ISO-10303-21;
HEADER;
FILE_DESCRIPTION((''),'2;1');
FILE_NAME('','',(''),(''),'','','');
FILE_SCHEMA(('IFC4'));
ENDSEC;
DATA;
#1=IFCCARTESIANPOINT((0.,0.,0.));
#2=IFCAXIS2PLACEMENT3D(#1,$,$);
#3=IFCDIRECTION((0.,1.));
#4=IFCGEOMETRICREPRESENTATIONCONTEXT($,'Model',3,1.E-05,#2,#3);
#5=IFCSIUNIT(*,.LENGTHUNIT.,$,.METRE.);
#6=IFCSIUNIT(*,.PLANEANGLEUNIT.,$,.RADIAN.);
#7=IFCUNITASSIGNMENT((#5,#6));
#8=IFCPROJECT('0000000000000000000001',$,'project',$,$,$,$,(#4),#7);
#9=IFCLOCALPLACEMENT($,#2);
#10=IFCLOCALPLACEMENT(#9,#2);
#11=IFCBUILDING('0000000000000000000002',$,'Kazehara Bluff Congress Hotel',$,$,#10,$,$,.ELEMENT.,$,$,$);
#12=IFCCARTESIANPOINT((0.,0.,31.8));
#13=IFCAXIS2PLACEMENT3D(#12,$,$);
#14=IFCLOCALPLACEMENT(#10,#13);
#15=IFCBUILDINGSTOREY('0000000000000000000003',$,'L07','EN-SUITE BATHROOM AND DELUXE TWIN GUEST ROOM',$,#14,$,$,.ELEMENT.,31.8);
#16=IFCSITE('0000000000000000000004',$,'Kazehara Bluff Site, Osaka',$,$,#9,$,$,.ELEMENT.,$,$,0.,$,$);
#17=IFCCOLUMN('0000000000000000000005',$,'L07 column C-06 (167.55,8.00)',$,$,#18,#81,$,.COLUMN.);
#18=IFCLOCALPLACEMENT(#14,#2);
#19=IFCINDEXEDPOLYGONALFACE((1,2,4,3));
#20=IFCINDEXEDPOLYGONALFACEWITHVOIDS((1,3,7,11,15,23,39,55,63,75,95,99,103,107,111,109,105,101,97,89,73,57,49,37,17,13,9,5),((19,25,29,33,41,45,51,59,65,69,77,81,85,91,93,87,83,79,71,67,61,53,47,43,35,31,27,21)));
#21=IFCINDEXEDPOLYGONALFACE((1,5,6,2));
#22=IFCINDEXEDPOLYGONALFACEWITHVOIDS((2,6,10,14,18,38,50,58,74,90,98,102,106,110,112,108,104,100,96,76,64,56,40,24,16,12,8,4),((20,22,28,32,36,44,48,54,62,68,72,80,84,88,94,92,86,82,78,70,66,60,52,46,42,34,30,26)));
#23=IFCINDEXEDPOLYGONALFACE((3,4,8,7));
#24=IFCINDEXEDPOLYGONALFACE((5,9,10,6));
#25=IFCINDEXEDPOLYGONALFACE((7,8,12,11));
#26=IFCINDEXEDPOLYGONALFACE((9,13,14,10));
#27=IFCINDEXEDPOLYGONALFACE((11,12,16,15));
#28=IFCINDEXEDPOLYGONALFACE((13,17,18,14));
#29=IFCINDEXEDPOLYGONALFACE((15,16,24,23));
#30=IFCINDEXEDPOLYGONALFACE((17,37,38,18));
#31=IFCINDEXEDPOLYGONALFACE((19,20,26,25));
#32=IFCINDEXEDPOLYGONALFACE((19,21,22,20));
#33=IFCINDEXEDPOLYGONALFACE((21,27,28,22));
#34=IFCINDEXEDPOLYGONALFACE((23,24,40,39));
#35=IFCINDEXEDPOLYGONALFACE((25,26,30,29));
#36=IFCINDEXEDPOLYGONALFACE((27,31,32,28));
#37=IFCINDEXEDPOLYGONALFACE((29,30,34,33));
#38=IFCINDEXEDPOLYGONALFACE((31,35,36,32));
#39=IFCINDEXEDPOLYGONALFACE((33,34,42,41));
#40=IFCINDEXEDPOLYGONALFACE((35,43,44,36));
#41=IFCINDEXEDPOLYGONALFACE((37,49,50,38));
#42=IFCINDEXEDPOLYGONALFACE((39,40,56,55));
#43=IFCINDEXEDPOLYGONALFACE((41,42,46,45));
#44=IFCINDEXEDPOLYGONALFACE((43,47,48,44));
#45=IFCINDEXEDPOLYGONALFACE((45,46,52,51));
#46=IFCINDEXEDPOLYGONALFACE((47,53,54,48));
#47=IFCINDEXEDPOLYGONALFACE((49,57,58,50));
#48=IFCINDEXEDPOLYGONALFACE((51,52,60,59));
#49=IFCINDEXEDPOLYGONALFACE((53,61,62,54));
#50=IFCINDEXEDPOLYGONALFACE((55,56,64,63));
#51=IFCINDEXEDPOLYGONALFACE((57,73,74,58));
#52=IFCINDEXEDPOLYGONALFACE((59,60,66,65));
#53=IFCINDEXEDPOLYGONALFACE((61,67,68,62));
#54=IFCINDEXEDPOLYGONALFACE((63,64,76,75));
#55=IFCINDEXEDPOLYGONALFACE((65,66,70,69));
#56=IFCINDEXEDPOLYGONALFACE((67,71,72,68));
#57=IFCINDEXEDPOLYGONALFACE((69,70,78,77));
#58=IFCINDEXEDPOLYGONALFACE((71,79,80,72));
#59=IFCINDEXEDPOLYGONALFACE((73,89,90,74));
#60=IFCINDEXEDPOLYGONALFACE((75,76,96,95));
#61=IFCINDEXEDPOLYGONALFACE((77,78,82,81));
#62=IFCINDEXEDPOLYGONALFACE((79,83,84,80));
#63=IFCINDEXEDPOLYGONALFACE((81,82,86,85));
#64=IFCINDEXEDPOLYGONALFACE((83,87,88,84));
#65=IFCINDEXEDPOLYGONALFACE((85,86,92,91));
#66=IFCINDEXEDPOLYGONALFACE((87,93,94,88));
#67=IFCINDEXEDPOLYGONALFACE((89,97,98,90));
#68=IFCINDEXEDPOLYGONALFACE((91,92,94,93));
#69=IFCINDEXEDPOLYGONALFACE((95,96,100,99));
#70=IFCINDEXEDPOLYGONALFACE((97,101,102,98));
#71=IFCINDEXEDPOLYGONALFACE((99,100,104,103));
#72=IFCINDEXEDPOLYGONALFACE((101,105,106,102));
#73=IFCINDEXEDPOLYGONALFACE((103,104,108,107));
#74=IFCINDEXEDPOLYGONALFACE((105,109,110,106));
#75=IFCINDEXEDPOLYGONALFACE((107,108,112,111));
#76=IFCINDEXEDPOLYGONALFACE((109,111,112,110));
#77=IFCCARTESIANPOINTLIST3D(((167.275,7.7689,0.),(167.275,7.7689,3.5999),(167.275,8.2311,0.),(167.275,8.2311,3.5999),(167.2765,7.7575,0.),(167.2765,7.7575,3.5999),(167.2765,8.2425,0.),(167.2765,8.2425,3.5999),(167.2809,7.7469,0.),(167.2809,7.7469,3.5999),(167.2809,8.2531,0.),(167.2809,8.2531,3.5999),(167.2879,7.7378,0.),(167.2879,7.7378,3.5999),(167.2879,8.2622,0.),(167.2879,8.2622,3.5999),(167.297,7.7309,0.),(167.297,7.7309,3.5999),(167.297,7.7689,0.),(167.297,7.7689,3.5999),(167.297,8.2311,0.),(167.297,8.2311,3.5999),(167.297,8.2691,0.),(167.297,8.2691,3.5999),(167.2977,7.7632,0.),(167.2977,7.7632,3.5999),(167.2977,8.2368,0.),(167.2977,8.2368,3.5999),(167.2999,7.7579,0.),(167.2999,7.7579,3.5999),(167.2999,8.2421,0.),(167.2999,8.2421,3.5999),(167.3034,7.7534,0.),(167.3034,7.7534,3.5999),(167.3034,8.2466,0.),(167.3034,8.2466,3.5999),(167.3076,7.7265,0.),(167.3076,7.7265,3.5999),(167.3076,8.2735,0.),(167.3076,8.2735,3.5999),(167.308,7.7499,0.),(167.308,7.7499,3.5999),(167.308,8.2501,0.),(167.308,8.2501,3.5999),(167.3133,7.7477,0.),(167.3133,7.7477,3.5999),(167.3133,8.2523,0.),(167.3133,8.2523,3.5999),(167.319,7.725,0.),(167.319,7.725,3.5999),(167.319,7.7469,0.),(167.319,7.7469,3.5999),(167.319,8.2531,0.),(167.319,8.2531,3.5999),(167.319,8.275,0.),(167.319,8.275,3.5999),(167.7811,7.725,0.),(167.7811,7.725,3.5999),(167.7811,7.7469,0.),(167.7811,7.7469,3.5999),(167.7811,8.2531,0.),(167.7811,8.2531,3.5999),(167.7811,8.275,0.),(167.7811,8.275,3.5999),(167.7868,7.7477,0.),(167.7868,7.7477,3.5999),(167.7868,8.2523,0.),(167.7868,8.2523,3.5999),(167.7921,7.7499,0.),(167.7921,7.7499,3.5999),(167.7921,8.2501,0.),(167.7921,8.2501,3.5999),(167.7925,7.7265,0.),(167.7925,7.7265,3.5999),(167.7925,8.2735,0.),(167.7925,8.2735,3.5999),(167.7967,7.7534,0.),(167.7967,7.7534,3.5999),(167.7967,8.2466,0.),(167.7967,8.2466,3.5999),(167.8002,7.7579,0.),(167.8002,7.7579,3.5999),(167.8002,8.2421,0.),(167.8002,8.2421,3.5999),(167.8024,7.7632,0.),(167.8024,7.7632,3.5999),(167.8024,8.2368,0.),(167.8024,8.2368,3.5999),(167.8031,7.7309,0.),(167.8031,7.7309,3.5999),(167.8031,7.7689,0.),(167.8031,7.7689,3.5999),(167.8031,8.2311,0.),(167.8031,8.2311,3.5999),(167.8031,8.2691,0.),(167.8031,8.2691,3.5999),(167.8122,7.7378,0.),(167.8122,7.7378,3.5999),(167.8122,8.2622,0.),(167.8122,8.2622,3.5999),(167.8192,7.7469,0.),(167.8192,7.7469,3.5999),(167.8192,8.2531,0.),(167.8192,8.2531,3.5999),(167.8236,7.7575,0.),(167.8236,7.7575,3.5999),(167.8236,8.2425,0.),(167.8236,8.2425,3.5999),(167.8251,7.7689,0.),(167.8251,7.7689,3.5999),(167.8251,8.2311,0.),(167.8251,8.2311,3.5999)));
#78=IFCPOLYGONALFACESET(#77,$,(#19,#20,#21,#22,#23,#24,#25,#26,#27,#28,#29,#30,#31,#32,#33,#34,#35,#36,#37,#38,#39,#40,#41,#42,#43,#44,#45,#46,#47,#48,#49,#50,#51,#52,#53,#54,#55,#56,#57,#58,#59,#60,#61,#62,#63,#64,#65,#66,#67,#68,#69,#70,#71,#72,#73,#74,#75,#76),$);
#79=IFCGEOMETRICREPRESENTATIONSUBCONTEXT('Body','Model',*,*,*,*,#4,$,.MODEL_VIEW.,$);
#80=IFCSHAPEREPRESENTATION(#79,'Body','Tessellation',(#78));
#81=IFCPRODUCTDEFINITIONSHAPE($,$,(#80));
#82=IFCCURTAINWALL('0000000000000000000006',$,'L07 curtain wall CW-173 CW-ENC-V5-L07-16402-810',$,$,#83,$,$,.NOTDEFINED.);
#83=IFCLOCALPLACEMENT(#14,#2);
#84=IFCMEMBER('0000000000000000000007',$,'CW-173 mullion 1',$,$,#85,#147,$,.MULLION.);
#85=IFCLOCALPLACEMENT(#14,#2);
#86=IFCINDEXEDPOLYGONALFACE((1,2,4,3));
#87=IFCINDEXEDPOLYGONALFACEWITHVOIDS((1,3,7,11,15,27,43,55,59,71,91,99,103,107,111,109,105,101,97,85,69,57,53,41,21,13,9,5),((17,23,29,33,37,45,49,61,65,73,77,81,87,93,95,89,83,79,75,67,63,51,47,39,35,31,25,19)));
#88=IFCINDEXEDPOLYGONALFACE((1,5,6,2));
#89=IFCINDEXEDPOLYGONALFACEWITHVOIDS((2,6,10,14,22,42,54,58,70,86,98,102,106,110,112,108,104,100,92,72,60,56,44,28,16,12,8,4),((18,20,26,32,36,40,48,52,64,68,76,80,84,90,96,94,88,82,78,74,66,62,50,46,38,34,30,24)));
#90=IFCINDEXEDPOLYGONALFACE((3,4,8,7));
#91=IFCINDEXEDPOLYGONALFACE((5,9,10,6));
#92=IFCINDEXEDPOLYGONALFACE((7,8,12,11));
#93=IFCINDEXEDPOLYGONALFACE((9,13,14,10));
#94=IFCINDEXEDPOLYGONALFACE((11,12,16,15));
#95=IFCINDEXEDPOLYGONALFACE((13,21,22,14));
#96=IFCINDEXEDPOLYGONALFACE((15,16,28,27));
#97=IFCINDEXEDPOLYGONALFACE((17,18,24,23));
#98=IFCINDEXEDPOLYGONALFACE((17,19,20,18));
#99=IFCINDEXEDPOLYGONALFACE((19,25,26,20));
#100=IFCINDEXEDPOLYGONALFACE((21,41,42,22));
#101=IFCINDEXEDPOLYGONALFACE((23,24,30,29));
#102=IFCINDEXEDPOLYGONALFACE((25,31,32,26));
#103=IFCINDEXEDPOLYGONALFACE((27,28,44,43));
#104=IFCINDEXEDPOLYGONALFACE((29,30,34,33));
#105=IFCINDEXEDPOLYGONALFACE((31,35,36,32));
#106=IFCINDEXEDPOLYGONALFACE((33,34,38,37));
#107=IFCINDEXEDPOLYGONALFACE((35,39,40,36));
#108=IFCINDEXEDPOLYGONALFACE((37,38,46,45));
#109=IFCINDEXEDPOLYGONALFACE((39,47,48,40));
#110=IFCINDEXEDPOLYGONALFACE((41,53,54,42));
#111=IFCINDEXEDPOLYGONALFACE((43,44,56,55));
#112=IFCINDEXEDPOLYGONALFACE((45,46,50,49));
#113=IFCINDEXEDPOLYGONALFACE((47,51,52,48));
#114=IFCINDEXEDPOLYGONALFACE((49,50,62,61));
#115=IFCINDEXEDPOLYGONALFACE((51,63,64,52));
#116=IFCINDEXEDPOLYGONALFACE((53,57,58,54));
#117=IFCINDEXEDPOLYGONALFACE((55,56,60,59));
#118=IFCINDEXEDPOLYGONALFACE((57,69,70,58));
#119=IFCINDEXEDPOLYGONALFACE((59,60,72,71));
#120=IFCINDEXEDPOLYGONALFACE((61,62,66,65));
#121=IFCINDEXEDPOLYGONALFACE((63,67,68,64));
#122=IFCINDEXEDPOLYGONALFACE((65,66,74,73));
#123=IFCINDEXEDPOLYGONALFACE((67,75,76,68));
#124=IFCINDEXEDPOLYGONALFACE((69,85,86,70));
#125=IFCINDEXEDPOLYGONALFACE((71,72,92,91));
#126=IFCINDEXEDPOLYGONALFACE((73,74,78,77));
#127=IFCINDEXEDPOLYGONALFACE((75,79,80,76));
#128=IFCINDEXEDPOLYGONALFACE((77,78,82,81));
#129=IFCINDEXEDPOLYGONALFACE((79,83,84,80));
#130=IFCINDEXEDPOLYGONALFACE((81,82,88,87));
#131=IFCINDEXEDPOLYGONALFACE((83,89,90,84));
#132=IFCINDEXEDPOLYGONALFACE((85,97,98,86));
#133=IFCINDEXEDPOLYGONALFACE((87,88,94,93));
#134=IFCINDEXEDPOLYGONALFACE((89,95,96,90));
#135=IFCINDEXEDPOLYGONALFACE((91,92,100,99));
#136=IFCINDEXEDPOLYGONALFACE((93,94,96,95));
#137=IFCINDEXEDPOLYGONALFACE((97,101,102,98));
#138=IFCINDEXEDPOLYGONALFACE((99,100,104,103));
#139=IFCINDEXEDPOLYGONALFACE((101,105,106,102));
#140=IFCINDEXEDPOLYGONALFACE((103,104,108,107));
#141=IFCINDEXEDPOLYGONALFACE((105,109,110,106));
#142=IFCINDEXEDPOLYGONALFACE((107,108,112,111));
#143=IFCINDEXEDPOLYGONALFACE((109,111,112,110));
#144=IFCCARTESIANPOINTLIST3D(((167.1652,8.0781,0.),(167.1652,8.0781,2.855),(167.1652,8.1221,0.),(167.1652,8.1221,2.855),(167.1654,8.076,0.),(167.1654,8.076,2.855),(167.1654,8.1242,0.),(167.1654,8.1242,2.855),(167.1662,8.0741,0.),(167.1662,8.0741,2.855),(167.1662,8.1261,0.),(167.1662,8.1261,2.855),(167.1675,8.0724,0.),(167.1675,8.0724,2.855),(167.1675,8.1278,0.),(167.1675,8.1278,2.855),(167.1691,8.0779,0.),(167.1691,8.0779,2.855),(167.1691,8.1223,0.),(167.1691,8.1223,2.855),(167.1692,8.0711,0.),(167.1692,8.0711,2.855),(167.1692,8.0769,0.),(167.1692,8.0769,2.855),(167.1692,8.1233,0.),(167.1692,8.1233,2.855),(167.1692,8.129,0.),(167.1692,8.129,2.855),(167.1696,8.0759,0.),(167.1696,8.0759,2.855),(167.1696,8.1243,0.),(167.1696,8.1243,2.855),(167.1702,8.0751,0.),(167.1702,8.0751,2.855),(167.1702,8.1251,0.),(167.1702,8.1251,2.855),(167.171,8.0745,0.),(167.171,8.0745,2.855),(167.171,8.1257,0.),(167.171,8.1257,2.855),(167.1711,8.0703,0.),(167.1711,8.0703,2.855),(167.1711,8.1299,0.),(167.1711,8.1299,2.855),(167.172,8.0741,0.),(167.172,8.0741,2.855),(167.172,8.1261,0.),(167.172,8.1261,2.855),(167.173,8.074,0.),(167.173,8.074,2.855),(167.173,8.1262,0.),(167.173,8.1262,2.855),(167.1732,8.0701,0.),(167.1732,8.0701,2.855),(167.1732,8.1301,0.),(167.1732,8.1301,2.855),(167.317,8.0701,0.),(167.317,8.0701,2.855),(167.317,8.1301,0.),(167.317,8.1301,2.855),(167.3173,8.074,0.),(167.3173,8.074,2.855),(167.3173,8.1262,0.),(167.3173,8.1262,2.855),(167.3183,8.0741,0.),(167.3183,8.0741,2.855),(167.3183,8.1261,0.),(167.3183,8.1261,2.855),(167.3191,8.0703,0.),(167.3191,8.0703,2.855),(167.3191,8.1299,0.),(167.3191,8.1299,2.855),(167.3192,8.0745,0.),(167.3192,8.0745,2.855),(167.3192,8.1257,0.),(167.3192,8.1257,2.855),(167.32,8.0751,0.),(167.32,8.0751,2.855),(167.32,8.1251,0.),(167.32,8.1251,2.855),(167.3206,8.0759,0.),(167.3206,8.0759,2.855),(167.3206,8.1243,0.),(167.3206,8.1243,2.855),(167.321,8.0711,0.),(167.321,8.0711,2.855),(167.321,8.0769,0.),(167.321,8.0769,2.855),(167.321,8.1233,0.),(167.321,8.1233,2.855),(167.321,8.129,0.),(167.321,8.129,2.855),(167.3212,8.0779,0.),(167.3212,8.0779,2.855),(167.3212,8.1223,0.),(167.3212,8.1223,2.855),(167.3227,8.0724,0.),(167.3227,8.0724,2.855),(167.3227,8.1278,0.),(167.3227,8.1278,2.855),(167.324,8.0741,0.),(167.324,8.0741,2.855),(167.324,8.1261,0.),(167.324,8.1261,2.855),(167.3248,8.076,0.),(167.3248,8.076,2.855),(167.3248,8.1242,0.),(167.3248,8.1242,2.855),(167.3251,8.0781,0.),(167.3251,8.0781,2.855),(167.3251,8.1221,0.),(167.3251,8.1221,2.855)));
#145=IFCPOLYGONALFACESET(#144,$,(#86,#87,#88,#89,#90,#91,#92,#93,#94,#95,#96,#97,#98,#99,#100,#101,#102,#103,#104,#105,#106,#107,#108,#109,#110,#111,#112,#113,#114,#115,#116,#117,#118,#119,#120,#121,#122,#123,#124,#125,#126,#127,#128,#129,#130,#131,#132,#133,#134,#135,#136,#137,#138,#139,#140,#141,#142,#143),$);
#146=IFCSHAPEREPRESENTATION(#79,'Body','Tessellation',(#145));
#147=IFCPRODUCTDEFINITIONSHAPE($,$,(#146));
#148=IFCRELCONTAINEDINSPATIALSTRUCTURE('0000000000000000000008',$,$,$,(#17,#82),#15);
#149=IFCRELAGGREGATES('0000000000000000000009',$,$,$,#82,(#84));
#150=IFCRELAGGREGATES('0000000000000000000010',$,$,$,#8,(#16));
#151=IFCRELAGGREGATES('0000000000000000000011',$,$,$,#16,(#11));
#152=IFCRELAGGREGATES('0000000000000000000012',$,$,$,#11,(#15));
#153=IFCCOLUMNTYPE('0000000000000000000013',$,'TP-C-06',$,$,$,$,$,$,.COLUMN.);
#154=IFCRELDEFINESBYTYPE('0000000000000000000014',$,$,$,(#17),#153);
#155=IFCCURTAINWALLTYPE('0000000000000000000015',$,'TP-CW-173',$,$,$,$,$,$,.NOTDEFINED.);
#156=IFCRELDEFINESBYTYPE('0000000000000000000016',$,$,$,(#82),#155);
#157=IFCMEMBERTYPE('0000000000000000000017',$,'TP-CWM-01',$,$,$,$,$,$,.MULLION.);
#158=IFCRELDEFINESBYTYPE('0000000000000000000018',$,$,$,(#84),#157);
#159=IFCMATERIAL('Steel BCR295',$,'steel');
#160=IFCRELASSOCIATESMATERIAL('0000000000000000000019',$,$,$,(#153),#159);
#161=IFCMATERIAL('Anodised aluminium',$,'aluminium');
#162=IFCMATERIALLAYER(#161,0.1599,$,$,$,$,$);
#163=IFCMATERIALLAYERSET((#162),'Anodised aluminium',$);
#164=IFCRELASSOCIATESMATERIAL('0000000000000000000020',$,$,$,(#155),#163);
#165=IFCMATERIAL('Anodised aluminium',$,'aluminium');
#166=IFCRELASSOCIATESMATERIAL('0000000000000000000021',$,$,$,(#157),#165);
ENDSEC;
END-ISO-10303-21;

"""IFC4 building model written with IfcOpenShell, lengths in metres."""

from ifc_helpers import new_model, si_unit, direction, frame, origin, origin_2d, place, context, subcontext, project, spatial, hollow_rectangle, extrude, material, layer, layer_set, material_profile, profile_set, type_object, element, aggregate, save


model = new_model("IFC4")

# Units and contexts
model_context = context("Model", 3, precision=1e-05, world=origin(), true_north=direction((0.0, 1.0)))
body_context = subcontext(model_context, "Body", "Model", "MODEL_VIEW")
ifc_project = project(units=[si_unit("LENGTHUNIT", "METRE"), si_unit("PLANEANGLEUNIT", "RADIAN")], contexts=[model_context])

# Site, building, storey
site_placement = place(None, origin())
site = spatial("IfcSite", under=ifc_project, at=site_placement, Name="Kazehara Bluff Site, Osaka", CompositionType="ELEMENT", RefElevation=0.0)
building_placement = place(site_placement, origin())
building = spatial("IfcBuilding", under=site, at=building_placement, Name="Kazehara Bluff Congress Hotel", CompositionType="ELEMENT")
storey_placement = place(building_placement, frame((0.0, 0.0, 31.8)))
storey = spatial("IfcBuildingStorey", under=building, at=storey_placement, Name="L07", Description="EN-SUITE BATHROOM AND DELUXE TWIN GUEST ROOM", CompositionType="ELEMENT", Elevation=31.8)

# Column
ifc_material_1 = material(Name="Steel BCR295", Category="steel")
ifc_material_profile_1 = material_profile(ifc_material_1, hollow_rectangle(XDim=0.55, YDim=0.55, WallThickness=0.022, InnerFilletRadius=0.022, OuterFilletRadius=0.0439, at=origin_2d()))
ifc_profile_set_1 = profile_set([ifc_material_profile_1], Name="Steel BCR295")
column_type = type_object("IfcColumnType", Name="TP-C-06", PredefinedType="COLUMN", material=ifc_profile_set_1)
column_placement = place(storey_placement, frame((167.55, 8.0, 0.0), z_axis=(0.0, 0.0, 1.0), x_axis=(1.0, 0.0, 0.0)))
element("IfcColumn", 1, at=column_placement, inside=storey, type_object=column_type, Name="L07 column C-06 (167.55,8.00)", PredefinedType="COLUMN", context=body_context, shape_type="SweptSolid", body=[
    extrude(hollow_rectangle(XDim=0.55, YDim=0.55, WallThickness=0.022, InnerFilletRadius=0.022, OuterFilletRadius=0.0439, at=origin_2d()), origin(), (0.0, 0.0, 1.0), 3.5999),
])

# Curtain wall, member
ifc_material_2 = material(Name="Anodised aluminium", Category="aluminium")
ifc_layer_1 = layer(ifc_material_2, 0.1599)
ifc_layer_set_1 = layer_set([ifc_layer_1], Name="Anodised aluminium")
curtain_wall_type = type_object("IfcCurtainWallType", Name="TP-CW-173", PredefinedType="NOTDEFINED", material=ifc_layer_set_1)
curtain_wall_placement = place(storey_placement, origin())
curtain_wall = element("IfcCurtainWall", 2, at=curtain_wall_placement, inside=storey, type_object=curtain_wall_type, Name="L07 curtain wall CW-173 CW-ENC-V5-L07-16402-810", PredefinedType="NOTDEFINED")
ifc_material_3 = material(Name="Anodised aluminium", Category="aluminium")
ifc_material_profile_2 = material_profile(ifc_material_3, hollow_rectangle(XDim=0.0601, YDim=0.1599, WallThickness=0.0039, InnerFilletRadius=0.0039, OuterFilletRadius=0.0081, at=origin_2d()))
ifc_profile_set_2 = profile_set([ifc_material_profile_2], Name="Anodised aluminium")
member_type_1 = type_object("IfcMemberType", Name="TP-CWM-01", PredefinedType="MULLION", material=ifc_profile_set_2)
member_1_placement = place(storey_placement, frame((167.2451, 8.1001, 0.0), z_axis=(0.0, 0.0, 1.0), x_axis=(0.0, -1.0, 0.0)))
member_1 = element("IfcMember", 3, at=member_1_placement, type_object=member_type_1, Name="CW-173 mullion 1", PredefinedType="MULLION", context=body_context, shape_type="SweptSolid", body=[
    extrude(hollow_rectangle(XDim=0.0601, YDim=0.1599, WallThickness=0.0039, InnerFilletRadius=0.0039, OuterFilletRadius=0.0081, at=origin_2d()), origin(), (0.0, 0.0, 1.0), 2.855),
])

aggregate(curtain_wall, [member_1])

save(model, "model.ifc")
